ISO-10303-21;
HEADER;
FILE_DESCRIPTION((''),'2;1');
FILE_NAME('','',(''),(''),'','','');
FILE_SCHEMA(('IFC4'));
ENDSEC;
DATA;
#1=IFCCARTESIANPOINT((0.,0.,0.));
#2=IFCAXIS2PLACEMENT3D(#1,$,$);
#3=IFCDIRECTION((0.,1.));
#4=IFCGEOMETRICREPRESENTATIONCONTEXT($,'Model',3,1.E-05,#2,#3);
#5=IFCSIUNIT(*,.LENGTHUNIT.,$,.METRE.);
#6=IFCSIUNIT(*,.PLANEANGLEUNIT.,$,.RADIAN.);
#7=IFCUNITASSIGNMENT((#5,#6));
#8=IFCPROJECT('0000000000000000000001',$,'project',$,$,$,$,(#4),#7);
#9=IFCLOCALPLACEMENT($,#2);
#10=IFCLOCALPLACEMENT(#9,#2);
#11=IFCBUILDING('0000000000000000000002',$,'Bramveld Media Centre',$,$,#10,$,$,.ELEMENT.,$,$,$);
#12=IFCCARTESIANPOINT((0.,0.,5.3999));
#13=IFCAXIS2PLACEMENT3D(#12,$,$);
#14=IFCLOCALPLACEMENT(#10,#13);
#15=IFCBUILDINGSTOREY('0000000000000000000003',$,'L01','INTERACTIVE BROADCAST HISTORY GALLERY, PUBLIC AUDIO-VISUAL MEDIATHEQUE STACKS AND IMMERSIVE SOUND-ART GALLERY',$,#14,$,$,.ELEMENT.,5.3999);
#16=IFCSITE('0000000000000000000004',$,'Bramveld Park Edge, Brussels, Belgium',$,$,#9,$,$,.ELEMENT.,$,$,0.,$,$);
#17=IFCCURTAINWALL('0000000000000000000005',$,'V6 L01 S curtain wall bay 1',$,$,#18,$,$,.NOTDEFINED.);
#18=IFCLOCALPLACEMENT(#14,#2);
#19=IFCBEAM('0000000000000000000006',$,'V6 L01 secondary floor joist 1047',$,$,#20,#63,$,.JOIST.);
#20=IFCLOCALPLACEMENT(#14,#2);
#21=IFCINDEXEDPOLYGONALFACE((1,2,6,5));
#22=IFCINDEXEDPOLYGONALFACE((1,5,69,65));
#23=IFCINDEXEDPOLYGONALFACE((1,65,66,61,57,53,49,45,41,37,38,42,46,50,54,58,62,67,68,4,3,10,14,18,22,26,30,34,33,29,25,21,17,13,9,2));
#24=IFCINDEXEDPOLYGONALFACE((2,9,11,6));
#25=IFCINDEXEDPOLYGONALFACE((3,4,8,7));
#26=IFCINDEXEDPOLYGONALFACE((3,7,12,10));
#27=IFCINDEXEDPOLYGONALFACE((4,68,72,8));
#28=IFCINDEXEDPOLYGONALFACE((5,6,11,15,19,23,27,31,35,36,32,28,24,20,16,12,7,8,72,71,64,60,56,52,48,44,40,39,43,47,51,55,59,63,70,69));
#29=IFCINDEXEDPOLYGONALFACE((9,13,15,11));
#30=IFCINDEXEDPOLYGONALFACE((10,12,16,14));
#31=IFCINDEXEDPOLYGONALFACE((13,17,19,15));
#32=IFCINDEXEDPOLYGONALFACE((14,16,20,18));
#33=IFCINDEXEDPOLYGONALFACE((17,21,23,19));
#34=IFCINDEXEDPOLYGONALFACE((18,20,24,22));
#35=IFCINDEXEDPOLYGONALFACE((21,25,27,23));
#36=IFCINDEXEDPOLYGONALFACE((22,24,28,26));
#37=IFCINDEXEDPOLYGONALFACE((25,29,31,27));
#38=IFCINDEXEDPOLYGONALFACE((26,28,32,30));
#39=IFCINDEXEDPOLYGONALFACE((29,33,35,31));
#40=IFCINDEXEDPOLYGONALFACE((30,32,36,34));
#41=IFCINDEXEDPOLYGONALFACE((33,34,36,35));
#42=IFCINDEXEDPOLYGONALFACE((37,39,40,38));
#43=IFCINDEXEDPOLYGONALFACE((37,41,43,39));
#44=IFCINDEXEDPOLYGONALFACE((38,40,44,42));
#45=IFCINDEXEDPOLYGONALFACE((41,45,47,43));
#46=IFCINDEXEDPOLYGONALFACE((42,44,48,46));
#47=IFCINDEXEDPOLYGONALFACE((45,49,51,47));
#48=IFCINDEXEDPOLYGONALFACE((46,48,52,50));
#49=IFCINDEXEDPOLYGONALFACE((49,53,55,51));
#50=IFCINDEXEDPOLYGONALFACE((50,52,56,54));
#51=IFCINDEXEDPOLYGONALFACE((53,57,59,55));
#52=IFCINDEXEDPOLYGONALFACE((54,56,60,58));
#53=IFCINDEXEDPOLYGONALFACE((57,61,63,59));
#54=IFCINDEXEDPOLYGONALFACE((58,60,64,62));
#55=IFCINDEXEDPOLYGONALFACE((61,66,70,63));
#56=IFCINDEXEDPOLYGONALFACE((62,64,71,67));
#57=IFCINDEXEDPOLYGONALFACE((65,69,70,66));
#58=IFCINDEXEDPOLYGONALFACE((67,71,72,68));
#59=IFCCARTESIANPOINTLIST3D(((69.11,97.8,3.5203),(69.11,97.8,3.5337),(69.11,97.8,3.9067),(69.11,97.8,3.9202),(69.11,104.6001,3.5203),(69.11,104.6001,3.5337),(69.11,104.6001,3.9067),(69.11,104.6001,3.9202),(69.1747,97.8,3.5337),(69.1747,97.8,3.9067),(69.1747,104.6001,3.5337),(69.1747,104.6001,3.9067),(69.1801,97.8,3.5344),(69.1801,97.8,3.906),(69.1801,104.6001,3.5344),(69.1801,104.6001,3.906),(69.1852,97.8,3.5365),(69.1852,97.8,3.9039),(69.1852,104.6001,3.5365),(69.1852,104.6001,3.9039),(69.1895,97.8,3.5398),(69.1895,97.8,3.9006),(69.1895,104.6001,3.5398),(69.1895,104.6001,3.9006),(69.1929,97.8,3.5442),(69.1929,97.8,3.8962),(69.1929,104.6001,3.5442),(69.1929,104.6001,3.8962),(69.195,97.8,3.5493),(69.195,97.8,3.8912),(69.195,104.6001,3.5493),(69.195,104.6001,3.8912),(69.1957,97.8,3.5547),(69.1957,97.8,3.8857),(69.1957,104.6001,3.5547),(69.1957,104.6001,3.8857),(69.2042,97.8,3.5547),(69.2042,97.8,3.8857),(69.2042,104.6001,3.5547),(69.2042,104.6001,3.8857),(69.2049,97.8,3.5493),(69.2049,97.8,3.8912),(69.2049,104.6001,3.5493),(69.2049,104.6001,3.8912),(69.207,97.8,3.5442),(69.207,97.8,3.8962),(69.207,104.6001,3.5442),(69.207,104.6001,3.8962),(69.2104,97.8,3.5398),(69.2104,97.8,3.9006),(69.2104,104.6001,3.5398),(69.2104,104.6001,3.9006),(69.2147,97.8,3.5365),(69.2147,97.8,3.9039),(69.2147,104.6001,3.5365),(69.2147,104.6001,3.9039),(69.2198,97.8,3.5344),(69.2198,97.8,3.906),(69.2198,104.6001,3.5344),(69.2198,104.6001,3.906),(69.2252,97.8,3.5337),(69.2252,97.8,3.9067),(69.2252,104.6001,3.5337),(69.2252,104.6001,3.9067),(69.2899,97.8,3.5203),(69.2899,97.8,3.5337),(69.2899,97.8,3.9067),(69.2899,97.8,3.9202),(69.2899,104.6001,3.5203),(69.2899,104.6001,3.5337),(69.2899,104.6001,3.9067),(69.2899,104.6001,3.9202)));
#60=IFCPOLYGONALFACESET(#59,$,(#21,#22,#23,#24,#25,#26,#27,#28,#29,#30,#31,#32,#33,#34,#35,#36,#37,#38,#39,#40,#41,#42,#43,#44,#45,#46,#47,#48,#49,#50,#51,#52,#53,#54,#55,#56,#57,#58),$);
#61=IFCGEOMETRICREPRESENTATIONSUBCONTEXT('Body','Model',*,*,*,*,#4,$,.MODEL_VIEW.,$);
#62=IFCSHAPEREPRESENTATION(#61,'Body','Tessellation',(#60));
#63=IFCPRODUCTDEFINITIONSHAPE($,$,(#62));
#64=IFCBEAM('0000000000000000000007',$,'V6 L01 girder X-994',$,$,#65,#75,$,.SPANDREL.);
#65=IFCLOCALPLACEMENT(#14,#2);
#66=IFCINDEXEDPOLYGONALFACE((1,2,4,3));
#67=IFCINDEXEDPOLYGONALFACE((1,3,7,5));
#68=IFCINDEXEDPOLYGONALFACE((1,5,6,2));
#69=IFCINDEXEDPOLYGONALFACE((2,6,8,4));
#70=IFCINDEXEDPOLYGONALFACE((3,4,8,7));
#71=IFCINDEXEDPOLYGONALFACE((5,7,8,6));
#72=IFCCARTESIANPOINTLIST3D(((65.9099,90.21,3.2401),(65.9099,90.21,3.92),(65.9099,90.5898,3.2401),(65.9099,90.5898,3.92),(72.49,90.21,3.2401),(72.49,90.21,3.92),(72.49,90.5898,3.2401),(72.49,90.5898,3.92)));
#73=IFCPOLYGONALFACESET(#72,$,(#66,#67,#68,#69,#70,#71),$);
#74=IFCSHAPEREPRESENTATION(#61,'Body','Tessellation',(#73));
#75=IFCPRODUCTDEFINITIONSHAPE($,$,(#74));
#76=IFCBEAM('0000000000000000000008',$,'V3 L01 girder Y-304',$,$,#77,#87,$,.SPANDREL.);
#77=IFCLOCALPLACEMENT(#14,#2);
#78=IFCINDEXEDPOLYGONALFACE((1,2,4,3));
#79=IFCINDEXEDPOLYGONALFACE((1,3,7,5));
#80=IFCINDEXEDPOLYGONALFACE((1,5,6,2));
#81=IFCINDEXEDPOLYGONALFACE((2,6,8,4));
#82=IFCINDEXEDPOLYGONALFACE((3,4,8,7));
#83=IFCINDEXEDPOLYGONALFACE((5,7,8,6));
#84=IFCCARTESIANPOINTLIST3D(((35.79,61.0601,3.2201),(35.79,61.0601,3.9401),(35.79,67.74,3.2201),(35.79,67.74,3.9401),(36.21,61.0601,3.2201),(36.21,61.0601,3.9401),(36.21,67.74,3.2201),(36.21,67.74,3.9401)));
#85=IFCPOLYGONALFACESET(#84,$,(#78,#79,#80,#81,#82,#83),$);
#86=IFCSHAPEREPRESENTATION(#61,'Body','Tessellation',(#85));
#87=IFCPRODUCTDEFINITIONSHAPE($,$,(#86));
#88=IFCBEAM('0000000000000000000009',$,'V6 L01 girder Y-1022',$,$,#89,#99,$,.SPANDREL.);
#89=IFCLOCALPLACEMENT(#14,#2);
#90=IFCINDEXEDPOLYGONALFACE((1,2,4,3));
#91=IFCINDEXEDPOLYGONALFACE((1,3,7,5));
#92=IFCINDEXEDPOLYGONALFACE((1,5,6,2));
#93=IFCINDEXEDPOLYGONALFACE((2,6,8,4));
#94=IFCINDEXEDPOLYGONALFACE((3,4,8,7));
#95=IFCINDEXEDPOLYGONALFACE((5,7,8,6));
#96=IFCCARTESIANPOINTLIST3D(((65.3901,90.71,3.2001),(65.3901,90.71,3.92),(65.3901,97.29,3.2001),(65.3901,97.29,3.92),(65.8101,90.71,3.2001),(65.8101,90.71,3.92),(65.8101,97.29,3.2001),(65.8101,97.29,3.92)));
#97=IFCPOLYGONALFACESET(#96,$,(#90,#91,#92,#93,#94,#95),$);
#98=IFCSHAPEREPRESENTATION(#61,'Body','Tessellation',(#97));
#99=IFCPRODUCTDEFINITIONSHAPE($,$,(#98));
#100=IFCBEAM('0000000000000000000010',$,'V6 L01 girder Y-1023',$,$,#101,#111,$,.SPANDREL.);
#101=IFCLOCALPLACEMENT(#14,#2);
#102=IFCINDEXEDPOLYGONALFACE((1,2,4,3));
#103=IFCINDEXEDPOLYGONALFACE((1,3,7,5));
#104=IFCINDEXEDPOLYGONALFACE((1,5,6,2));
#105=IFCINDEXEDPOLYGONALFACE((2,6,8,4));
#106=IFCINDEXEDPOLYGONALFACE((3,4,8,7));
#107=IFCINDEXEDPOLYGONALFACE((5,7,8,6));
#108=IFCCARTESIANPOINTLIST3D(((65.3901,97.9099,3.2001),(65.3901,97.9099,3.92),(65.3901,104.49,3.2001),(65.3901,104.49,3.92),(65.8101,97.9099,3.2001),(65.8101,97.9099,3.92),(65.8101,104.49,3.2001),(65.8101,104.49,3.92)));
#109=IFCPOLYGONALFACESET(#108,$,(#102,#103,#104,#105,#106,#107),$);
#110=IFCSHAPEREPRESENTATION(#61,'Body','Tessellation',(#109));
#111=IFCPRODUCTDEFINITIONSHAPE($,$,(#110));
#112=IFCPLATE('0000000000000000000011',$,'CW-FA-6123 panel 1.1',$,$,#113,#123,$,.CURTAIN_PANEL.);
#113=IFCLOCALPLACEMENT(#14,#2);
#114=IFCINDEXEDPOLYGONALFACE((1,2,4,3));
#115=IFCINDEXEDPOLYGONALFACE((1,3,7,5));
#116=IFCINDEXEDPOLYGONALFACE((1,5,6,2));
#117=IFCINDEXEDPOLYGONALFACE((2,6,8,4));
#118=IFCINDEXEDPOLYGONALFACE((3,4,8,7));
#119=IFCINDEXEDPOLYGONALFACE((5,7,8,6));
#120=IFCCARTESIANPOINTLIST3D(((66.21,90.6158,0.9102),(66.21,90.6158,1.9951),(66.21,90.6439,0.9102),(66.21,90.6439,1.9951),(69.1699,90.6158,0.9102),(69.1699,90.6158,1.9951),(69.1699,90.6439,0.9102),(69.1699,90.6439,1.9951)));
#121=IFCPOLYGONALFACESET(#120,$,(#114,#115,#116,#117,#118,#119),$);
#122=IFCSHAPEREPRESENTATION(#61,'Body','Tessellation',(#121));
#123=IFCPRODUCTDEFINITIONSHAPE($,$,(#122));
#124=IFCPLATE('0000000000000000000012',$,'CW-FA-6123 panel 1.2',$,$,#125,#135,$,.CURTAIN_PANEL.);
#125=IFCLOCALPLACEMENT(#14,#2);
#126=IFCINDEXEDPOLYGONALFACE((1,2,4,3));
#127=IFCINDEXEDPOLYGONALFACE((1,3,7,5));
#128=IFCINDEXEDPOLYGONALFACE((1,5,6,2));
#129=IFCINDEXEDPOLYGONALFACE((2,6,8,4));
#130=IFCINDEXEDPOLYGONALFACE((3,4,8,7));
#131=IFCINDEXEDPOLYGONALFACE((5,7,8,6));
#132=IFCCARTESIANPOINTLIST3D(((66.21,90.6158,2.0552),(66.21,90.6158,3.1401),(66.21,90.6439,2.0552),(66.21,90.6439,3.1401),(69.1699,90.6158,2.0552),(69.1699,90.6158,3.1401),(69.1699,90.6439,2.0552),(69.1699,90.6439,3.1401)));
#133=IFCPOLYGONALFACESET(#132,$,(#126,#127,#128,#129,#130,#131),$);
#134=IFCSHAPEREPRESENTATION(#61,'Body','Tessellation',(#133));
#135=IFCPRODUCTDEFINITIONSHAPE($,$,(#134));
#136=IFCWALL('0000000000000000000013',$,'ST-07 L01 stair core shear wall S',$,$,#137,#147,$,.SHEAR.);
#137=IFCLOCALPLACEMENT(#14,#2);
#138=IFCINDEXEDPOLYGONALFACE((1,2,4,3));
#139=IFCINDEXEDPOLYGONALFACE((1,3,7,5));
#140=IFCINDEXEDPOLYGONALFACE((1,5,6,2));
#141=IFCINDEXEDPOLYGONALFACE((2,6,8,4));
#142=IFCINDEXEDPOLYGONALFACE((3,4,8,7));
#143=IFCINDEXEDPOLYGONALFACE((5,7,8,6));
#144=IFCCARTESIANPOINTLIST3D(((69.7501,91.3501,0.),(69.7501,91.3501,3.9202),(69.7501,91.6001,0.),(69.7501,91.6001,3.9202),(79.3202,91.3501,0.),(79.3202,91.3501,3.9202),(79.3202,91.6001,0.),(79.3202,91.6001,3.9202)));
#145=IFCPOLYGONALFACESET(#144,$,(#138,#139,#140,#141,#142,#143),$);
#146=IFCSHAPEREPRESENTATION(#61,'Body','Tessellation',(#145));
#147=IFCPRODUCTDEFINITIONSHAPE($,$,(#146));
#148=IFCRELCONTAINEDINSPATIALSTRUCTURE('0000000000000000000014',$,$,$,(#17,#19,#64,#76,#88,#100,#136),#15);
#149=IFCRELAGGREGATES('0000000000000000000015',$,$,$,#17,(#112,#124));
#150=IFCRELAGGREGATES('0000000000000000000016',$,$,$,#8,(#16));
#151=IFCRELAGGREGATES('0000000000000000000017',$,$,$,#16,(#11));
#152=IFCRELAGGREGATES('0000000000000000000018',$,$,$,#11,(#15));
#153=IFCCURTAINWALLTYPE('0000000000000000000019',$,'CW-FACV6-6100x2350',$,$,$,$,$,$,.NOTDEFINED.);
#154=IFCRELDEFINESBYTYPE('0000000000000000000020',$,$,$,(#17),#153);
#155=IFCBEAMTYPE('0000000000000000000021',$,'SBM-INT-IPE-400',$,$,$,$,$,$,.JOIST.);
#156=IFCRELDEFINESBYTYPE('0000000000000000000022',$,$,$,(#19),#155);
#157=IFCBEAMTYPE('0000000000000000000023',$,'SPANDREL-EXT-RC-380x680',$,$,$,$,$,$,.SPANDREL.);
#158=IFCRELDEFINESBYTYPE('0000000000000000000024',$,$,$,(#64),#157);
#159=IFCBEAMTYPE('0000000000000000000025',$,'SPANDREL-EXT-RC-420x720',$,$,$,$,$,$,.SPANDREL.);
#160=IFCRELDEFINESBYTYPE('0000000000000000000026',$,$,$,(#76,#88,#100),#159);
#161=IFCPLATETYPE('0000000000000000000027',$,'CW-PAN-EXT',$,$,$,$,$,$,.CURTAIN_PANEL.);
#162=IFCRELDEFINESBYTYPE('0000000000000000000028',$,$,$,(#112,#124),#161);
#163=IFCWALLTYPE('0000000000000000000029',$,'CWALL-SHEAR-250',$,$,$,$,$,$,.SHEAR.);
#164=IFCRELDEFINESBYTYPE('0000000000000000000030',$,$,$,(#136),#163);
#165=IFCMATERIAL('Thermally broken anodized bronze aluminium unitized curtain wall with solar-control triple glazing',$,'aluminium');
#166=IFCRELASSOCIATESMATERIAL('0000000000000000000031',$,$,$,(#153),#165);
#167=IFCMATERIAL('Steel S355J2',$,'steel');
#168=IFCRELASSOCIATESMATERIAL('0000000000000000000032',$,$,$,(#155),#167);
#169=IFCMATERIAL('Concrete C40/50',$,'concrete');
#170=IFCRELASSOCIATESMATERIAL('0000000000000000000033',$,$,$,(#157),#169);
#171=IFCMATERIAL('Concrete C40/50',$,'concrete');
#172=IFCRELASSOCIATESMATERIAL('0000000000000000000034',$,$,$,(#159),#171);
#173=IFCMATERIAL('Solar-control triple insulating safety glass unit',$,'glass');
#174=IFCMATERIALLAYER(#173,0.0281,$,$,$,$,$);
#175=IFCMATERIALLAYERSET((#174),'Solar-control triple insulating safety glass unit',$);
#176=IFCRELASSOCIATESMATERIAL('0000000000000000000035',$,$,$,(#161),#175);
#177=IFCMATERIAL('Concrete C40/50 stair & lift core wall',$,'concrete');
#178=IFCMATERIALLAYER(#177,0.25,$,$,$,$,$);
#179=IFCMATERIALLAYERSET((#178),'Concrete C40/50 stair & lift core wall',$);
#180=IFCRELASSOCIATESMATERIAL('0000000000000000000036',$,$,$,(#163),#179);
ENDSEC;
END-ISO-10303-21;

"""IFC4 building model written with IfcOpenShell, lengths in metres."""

from ifc_helpers import new_model, si_unit, direction, frame, frame_2d, origin, origin_2d, place, context, subcontext, project, spatial, rectangle, i_section, extrude, material, layer, layer_set, material_profile, profile_set, type_object, element, aggregate, save


model = new_model("IFC4")

# Units and contexts
model_context = context("Model", 3, precision=1e-05, world=origin(), true_north=direction((0.0, 1.0)))
body_context = subcontext(model_context, "Body", "Model", "MODEL_VIEW")
ifc_project = project(units=[si_unit("LENGTHUNIT", "METRE"), si_unit("PLANEANGLEUNIT", "RADIAN")], contexts=[model_context])

# Site, building, storey
site_placement = place(None, origin())
site = spatial("IfcSite", under=ifc_project, at=site_placement, Name="Bramveld Park Edge, Brussels, Belgium", CompositionType="ELEMENT", RefElevation=0.0)
building_placement = place(site_placement, origin())
building = spatial("IfcBuilding", under=site, at=building_placement, Name="Bramveld Media Centre", CompositionType="ELEMENT")
storey_placement = place(building_placement, frame((0.0, 0.0, 5.3999)))
storey = spatial("IfcBuildingStorey", under=building, at=storey_placement, Name="L01", Description="INTERACTIVE BROADCAST HISTORY GALLERY, PUBLIC AUDIO-VISUAL MEDIATHEQUE STACKS AND IMMERSIVE SOUND-ART GALLERY", CompositionType="ELEMENT", Elevation=5.3999)

# Curtain wall
ifc_material_1 = material(Name="Thermally broken anodized bronze aluminium unitized curtain wall with solar-control triple glazing", Category="aluminium")
curtain_wall_type = type_object("IfcCurtainWallType", Name="CW-FACV6-6100x2350", PredefinedType="NOTDEFINED", material=ifc_material_1)
curtain_wall_placement = place(storey_placement, origin())
curtain_wall = element("IfcCurtainWall", 1, at=curtain_wall_placement, inside=storey, type_object=curtain_wall_type, Name="V6 L01 S curtain wall bay 1", PredefinedType="NOTDEFINED")

# Beams
ifc_material_2 = material(Name="Steel S355J2", Category="steel")
ifc_material_profile_1 = material_profile(ifc_material_2, i_section(OverallWidth=0.1799, OverallDepth=0.3999, WebThickness=0.0085, FlangeThickness=0.0134, FilletRadius=0.021, at=origin_2d()), Name="IPE 400")
ifc_profile_set_1 = profile_set([ifc_material_profile_1], Name="Steel S355J2")
beam_type_1 = type_object("IfcBeamType", Name="SBM-INT-IPE-400", PredefinedType="JOIST", material=ifc_profile_set_1)
beam_1_placement = place(storey_placement, frame((69.2, 97.8, 3.7202), z_axis=(0.0, 1.0, 0.0), x_axis=(-1.0, 0.0, 0.0)))
element("IfcBeam", 2, at=beam_1_placement, inside=storey, type_object=beam_type_1, Name="V6 L01 secondary floor joist 1047", PredefinedType="JOIST", context=body_context, shape_type="SweptSolid", body=[
    extrude(i_section(OverallWidth=0.1799, OverallDepth=0.3999, WebThickness=0.0085, FlangeThickness=0.0134, FilletRadius=0.021, at=origin_2d()), origin(), (0.0, 0.0, 1.0), 6.8),
])
ifc_material_3 = material(Name="Concrete C40/50", Category="concrete")
ifc_material_profile_2 = material_profile(ifc_material_3, rectangle(XDim=0.3799, YDim=0.6799, at=origin_2d()), Name="RC 380x680")
ifc_profile_set_2 = profile_set([ifc_material_profile_2], Name="Concrete C40/50")
beam_type_2 = type_object("IfcBeamType", Name="SPANDREL-EXT-RC-380x680", PredefinedType="SPANDREL", material=ifc_profile_set_2)
beam_2_placement = place(storey_placement, frame((65.9099, 90.3999, 3.5801), z_axis=(1.0, 0.0, 0.0), x_axis=(0.0, 1.0, 0.0)))
element("IfcBeam", 3, at=beam_2_placement, inside=storey, type_object=beam_type_2, Name="V6 L01 girder X-994", PredefinedType="SPANDREL", context=body_context, shape_type="SweptSolid", body=[
    extrude(rectangle(XDim=0.3799, YDim=0.6799, at=origin_2d()), origin(), (0.0, 0.0, 1.0), 6.5801),
])
ifc_material_4 = material(Name="Concrete C40/50", Category="concrete")
ifc_material_profile_3 = material_profile(ifc_material_4, rectangle(XDim=0.4199, YDim=0.72, at=origin_2d()), Name="RC 420x720")
ifc_profile_set_3 = profile_set([ifc_material_profile_3], Name="Concrete C40/50")
beam_type_3 = type_object("IfcBeamType", Name="SPANDREL-EXT-RC-420x720", PredefinedType="SPANDREL", material=ifc_profile_set_3)
beam_3_placement = place(storey_placement, frame((36.0, 61.0601, 3.5801), z_axis=(0.0, 1.0, 0.0), x_axis=(-1.0, 0.0, 0.0)))
element("IfcBeam", 4, at=beam_3_placement, inside=storey, type_object=beam_type_3, Name="V3 L01 girder Y-304", PredefinedType="SPANDREL", context=body_context, shape_type="SweptSolid", body=[
    extrude(rectangle(XDim=0.4199, YDim=0.72, at=origin_2d()), origin(), (0.0, 0.0, 1.0), 6.6799),
])
for number, where, z_axis, x_axis, name in (
    (5, (65.6001, 90.71, 3.5601), (0.0, 1.0, 0.0), (-1.0, 0.0, 0.0), "V6 L01 girder Y-1022"),
    (6, (65.6001, 97.9099, 3.5601), (0.0, 1.0, 0.0), (-1.0, 0.0, 0.0), "V6 L01 girder Y-1023"),
):
    element("IfcBeam", number, at=place(storey_placement, frame(where, z_axis=z_axis, x_axis=x_axis)), inside=storey, type_object=beam_type_3, Name=name, PredefinedType="SPANDREL", context=body_context, shape_type="SweptSolid", body=[
        extrude(rectangle(XDim=0.4199, YDim=0.72, at=origin_2d()), origin(), (0.0, 0.0, 1.0), 6.5801),
    ])

# Plates
ifc_material_5 = material(Name="Solar-control triple insulating safety glass unit", Category="glass")
ifc_layer_1 = layer(ifc_material_5, 0.0281)
ifc_layer_set_1 = layer_set([ifc_layer_1], Name="Solar-control triple insulating safety glass unit")
plate_type = type_object("IfcPlateType", Name="CW-PAN-EXT", PredefinedType="CURTAIN_PANEL", material=ifc_layer_set_1)
plate_1_placement = place(storey_placement, frame((67.6899, 90.6299, 0.9102), z_axis=(0.0, 0.0, 1.0), x_axis=(1.0, 0.0, 0.0)))
plate_1 = element("IfcPlate", 7, at=plate_1_placement, type_object=plate_type, Name="CW-FA-6123 panel 1.1", PredefinedType="CURTAIN_PANEL", context=body_context, shape_type="SweptSolid", body=[
    extrude(rectangle(XDim=2.96, YDim=0.0281, at=origin_2d()), origin(), (0.0, 0.0, 1.0), 1.085),
])
plate_2_placement = place(storey_placement, frame((67.6899, 90.6299, 2.0552), z_axis=(0.0, 0.0, 1.0), x_axis=(1.0, 0.0, 0.0)))
plate_2 = element("IfcPlate", 8, at=plate_2_placement, type_object=plate_type, Name="CW-FA-6123 panel 1.2", PredefinedType="CURTAIN_PANEL", context=body_context, shape_type="SweptSolid", body=[
    extrude(rectangle(XDim=2.96, YDim=0.0281, at=origin_2d()), origin(), (0.0, 0.0, 1.0), 1.085),
])
aggregate(curtain_wall, [plate_1, plate_2])

# Wall
ifc_material_6 = material(Name="Concrete C40/50 stair & lift core wall", Category="concrete")
ifc_layer_2 = layer(ifc_material_6, 0.25)
ifc_layer_set_2 = layer_set([ifc_layer_2], Name="Concrete C40/50 stair & lift core wall")
wall_type_1 = type_object("IfcWallType", Name="CWALL-SHEAR-250", PredefinedType="SHEAR", material=ifc_layer_set_2)
wall_1_placement = place(storey_placement, frame((69.75, 91.4751, 0.0), z_axis=(0.0, 0.0, 1.0), x_axis=(1.0, 0.0, 0.0)))
element("IfcWall", 9, at=wall_1_placement, inside=storey, type_object=wall_type_1, Name="ST-07 L01 stair core shear wall S", PredefinedType="SHEAR", context=body_context, shape_type="SweptSolid", body=[
    extrude(rectangle(XDim=9.5701, YDim=0.25, at=frame_2d((4.7852, 0.0))), origin(), (0.0, 0.0, 1.0), 3.9202),
])

save(model, "model.ifc")
